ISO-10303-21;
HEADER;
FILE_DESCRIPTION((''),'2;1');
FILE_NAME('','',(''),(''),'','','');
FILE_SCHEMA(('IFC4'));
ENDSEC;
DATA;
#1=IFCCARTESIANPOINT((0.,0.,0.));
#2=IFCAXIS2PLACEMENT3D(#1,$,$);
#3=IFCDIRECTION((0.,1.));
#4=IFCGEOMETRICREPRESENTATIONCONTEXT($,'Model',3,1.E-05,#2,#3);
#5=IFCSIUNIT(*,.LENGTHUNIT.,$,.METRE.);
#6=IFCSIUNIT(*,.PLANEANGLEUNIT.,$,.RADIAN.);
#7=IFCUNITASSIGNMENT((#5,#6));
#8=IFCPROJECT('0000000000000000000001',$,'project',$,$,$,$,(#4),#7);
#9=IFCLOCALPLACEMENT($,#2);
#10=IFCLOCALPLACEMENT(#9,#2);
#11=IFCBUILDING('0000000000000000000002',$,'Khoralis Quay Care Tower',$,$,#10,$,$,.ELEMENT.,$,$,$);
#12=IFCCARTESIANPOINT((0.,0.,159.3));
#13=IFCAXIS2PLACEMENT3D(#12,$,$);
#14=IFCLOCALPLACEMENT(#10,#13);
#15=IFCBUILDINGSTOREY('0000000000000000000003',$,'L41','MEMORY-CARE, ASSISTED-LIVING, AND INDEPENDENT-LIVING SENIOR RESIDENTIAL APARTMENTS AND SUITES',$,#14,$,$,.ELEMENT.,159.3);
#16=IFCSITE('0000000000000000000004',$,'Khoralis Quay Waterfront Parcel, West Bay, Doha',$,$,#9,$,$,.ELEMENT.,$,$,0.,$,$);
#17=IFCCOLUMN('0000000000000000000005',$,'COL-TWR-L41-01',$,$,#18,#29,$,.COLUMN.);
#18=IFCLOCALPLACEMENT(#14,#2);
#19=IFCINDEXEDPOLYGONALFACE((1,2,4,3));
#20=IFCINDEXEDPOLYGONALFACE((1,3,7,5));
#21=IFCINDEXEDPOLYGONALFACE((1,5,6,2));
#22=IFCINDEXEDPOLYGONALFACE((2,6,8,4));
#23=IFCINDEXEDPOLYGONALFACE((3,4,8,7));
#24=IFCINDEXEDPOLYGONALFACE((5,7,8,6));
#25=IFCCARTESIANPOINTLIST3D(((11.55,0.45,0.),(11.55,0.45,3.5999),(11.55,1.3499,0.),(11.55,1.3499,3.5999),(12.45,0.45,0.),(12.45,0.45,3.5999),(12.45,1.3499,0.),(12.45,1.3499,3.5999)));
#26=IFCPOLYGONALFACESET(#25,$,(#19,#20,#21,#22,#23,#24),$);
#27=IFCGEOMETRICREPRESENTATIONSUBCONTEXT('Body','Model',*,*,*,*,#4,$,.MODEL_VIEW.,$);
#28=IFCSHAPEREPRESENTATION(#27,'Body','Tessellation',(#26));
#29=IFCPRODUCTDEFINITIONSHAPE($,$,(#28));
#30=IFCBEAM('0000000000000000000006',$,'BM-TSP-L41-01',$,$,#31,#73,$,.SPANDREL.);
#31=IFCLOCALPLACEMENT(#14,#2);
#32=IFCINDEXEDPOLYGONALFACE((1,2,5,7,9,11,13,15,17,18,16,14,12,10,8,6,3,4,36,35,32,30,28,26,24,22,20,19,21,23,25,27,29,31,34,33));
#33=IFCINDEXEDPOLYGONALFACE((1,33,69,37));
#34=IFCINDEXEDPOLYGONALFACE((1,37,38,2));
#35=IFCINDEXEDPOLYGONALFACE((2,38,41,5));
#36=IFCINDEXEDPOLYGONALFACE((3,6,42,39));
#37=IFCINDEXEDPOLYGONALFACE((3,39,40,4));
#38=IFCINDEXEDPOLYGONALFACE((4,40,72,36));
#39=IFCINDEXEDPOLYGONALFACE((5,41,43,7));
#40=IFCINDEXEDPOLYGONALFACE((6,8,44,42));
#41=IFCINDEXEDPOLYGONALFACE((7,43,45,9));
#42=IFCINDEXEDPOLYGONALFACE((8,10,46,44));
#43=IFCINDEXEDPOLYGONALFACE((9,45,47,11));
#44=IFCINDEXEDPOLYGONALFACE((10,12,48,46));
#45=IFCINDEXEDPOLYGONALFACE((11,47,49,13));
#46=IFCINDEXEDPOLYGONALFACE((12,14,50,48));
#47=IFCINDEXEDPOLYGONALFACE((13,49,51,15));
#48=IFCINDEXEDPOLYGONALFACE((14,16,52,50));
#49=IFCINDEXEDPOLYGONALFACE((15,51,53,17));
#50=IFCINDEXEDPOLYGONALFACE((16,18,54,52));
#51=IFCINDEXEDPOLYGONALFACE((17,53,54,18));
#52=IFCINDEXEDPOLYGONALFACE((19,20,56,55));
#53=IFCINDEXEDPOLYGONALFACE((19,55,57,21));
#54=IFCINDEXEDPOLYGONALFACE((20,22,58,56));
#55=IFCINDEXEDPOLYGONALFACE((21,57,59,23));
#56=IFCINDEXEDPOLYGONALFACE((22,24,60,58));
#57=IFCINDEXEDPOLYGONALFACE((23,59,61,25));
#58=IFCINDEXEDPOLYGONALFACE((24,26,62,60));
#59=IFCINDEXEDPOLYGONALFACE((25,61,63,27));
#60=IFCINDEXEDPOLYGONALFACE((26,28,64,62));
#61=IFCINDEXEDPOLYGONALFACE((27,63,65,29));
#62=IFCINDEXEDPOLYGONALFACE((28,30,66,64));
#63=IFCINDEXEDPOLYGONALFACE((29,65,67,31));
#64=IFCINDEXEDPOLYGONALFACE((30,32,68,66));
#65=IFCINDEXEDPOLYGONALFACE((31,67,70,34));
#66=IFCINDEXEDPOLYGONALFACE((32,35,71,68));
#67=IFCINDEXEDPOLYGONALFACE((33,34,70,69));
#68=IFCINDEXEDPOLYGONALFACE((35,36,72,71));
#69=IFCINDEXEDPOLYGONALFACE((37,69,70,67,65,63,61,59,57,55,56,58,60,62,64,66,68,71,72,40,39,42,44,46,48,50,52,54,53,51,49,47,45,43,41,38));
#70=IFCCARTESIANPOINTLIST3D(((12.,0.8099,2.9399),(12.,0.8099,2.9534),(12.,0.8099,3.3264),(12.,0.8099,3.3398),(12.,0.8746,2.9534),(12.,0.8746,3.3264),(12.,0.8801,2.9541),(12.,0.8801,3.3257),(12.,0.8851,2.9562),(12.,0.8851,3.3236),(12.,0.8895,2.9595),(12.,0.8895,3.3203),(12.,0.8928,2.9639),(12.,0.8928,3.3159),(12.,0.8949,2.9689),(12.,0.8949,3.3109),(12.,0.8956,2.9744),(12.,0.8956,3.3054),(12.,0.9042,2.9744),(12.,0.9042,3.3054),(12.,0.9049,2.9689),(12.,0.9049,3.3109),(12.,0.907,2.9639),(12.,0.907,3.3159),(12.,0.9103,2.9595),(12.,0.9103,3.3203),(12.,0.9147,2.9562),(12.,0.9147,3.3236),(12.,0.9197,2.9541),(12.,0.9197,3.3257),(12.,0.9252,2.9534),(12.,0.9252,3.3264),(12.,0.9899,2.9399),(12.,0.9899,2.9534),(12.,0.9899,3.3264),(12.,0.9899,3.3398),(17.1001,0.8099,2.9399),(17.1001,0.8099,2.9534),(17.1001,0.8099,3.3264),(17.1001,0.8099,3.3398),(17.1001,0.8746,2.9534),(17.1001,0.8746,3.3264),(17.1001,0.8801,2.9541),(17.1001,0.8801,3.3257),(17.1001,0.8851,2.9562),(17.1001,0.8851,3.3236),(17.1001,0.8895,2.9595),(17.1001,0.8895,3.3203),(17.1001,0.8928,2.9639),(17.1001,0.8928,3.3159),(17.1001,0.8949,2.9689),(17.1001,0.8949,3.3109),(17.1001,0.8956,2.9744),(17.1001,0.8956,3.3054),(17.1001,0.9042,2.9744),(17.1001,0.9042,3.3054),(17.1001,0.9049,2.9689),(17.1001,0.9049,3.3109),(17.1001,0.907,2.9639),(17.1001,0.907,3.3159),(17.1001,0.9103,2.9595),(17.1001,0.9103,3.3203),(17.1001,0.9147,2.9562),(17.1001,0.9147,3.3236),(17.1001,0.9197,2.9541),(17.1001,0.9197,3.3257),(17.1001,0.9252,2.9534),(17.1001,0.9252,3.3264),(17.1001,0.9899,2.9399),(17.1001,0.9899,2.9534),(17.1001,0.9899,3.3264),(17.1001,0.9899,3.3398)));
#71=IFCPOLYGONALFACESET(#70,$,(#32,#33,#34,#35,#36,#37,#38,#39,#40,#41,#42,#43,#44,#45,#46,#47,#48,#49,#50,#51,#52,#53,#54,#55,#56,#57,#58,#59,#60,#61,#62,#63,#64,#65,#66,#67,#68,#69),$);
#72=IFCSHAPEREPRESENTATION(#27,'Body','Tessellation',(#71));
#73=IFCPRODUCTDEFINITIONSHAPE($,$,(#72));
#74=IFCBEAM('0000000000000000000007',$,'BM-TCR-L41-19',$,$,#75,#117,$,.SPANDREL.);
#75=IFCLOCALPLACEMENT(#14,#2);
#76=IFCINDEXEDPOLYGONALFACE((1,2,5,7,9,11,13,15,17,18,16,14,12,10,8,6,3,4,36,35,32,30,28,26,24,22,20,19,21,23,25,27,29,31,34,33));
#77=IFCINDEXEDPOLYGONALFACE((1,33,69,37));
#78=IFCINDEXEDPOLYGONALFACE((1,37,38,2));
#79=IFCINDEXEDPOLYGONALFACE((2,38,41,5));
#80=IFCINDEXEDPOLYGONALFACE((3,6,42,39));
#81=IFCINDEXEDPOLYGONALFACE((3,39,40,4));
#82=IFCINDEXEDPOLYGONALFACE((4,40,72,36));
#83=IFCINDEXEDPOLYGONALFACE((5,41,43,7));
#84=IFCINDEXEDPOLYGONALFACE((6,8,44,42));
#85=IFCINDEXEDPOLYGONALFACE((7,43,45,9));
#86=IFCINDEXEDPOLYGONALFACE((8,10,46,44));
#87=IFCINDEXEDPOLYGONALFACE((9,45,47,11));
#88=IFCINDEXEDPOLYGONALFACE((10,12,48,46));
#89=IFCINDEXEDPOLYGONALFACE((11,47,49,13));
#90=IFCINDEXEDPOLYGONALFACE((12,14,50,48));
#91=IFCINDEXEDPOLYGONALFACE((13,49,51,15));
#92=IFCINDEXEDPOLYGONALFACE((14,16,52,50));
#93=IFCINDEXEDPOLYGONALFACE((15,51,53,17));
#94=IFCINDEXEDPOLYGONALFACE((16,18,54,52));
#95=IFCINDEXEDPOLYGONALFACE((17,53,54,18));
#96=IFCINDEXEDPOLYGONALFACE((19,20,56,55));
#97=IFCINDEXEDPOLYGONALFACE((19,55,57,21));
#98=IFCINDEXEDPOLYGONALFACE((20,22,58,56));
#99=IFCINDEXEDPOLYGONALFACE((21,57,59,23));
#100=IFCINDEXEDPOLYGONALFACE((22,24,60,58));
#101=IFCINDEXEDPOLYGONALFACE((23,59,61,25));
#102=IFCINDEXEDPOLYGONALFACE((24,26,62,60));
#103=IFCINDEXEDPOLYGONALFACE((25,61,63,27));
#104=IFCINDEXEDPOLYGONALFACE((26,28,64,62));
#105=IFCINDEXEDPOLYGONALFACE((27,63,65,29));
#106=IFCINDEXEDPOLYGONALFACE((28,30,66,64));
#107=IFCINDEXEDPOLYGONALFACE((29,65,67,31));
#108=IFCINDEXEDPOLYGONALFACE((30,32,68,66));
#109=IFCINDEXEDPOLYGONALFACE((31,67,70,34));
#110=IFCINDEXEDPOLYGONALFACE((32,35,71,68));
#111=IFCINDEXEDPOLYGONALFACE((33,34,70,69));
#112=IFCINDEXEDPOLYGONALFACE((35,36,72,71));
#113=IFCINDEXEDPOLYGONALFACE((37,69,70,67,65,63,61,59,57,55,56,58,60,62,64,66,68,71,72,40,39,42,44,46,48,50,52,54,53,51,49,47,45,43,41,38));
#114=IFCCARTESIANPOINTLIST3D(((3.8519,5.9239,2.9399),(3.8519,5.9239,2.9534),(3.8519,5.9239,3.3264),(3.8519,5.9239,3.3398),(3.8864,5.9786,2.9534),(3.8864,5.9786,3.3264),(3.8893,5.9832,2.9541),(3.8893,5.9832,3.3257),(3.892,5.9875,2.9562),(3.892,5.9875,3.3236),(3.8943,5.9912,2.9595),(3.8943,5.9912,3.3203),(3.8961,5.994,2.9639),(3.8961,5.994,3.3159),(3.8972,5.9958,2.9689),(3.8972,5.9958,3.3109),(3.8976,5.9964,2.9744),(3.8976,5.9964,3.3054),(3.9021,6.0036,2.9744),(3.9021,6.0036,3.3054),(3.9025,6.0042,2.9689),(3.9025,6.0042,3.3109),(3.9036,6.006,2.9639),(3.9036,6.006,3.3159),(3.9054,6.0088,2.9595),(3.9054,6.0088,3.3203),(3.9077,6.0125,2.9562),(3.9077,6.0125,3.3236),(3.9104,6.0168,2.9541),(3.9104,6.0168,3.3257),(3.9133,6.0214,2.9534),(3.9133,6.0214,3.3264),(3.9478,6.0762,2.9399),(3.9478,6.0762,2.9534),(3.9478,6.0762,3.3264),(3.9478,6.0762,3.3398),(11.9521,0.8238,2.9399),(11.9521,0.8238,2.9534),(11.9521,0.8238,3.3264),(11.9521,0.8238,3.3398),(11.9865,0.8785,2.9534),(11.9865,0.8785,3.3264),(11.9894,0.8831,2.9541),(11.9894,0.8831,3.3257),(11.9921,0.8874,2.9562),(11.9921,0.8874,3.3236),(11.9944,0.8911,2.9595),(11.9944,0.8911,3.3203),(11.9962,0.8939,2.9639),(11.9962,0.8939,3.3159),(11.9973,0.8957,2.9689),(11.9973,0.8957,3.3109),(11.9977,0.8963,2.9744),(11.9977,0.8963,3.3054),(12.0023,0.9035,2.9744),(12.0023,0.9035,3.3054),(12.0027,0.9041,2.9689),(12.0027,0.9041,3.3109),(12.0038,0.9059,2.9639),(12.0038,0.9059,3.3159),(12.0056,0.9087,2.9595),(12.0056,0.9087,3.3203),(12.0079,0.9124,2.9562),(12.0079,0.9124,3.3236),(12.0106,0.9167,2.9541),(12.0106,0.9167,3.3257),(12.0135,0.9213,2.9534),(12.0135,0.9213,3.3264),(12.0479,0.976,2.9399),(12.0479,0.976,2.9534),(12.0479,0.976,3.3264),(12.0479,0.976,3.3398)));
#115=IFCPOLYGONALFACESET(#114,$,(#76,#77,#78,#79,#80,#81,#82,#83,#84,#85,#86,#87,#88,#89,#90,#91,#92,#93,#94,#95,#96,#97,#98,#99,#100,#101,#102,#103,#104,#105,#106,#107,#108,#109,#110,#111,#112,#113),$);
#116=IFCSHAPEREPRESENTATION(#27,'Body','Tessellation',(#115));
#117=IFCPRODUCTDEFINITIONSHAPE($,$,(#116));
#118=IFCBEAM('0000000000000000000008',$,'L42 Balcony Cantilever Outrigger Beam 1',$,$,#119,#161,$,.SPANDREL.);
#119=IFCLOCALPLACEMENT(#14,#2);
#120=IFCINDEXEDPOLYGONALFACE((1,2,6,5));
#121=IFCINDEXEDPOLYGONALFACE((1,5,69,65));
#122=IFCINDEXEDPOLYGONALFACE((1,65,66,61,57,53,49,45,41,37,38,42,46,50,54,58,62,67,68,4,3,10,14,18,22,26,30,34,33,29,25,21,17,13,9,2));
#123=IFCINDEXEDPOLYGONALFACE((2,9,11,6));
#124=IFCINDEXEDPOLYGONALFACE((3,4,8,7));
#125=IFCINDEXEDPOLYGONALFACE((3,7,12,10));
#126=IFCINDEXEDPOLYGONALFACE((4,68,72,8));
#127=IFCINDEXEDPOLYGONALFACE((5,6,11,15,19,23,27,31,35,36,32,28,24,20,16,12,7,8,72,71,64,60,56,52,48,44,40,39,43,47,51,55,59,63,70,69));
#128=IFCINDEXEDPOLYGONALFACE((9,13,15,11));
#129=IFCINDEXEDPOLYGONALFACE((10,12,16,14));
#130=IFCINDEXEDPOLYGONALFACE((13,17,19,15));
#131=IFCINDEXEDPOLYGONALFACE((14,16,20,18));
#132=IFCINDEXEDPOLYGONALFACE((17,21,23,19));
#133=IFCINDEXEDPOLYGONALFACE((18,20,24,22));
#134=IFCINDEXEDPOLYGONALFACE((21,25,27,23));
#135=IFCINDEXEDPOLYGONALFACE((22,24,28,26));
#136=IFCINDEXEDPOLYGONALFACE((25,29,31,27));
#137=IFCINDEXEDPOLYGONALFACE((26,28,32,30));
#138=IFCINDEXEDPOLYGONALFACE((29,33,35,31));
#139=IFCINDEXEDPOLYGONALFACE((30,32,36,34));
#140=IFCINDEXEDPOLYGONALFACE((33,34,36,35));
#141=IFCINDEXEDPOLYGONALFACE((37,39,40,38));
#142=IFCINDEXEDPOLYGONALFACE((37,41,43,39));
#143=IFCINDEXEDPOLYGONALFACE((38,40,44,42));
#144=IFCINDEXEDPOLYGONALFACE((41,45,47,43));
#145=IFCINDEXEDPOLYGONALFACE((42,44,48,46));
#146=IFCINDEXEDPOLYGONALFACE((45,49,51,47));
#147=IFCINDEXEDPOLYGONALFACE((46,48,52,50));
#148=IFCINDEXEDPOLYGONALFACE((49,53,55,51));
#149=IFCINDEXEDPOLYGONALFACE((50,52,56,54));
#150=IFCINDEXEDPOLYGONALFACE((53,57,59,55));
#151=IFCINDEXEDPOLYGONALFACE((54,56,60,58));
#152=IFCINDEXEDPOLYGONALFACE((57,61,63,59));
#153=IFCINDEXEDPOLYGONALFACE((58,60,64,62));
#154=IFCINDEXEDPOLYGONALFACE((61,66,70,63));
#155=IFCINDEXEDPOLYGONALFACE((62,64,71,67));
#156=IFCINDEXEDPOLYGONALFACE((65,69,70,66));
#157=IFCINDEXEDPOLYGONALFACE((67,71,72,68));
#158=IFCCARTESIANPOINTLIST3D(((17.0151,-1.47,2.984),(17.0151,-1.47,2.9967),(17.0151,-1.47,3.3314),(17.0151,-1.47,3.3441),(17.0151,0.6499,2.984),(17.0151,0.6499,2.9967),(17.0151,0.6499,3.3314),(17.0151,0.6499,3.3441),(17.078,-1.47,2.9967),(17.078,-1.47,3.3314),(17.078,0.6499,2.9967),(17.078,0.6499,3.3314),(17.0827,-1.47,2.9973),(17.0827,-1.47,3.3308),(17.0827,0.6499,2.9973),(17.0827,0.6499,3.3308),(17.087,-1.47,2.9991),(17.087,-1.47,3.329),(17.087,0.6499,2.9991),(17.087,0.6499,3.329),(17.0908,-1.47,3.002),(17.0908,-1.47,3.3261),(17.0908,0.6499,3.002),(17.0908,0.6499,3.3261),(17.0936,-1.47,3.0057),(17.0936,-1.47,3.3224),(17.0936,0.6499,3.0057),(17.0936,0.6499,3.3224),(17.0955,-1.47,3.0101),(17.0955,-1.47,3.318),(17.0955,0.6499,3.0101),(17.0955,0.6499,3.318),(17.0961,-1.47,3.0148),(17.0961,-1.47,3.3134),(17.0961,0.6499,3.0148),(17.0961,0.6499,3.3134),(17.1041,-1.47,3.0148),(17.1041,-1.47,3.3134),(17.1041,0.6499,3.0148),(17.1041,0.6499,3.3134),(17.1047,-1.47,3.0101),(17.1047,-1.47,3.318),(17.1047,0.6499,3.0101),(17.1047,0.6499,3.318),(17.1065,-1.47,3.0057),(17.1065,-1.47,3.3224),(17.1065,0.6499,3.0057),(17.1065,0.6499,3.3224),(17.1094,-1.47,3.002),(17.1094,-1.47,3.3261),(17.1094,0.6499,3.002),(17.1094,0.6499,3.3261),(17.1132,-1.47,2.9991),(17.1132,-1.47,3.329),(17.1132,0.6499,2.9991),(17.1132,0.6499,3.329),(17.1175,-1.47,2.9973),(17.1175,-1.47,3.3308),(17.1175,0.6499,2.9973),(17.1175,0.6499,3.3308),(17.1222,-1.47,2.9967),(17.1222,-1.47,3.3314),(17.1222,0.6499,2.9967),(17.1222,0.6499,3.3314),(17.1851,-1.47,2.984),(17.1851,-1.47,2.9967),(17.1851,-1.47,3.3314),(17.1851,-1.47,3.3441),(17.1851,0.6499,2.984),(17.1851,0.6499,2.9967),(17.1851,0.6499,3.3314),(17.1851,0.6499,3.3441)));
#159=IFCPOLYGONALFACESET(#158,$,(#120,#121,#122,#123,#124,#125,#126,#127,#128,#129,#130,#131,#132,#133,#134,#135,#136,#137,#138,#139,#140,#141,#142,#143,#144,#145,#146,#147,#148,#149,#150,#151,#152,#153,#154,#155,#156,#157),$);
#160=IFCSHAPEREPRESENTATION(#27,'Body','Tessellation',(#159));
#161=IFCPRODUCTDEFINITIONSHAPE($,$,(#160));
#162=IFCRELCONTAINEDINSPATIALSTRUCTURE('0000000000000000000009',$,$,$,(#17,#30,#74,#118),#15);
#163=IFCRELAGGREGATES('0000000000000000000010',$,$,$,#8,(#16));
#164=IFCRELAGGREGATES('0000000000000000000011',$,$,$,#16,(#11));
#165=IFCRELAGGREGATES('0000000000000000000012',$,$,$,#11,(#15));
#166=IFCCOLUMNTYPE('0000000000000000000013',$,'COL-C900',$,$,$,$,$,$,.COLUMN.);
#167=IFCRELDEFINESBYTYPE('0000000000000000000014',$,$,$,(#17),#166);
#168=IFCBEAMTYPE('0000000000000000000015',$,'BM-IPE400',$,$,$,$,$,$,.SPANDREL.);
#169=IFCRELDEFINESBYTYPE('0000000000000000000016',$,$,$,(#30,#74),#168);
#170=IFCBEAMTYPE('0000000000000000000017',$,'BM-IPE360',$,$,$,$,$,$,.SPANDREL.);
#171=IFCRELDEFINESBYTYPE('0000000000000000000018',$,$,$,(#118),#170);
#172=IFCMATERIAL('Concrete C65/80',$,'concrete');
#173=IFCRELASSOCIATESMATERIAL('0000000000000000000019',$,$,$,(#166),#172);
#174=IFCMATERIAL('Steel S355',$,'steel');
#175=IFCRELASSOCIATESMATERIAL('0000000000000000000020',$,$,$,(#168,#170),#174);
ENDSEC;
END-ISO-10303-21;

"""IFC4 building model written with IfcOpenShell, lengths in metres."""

from ifc_helpers import new_model, si_unit, direction, frame, origin, origin_2d, place, context, subcontext, project, spatial, rectangle, i_section, extrude, source, transform, mapped, material, material_profile, profile_set, type_object, element, save


model = new_model("IFC4")

# Units and contexts
model_context = context("Model", 3, precision=1e-05, world=origin(), true_north=direction((0.0, 1.0)))
body_context = subcontext(model_context, "Body", "Model", "MODEL_VIEW")
ifc_project = project(units=[si_unit("LENGTHUNIT", "METRE"), si_unit("PLANEANGLEUNIT", "RADIAN")], contexts=[model_context])

# Site, building, storey
site_placement = place(None, origin())
site = spatial("IfcSite", under=ifc_project, at=site_placement, Name="Khoralis Quay Waterfront Parcel, West Bay, Doha", CompositionType="ELEMENT", RefElevation=0.0)
building_placement = place(site_placement, origin())
building = spatial("IfcBuilding", under=site, at=building_placement, Name="Khoralis Quay Care Tower", CompositionType="ELEMENT")
storey_placement = place(building_placement, frame((0.0, 0.0, 159.3)))
storey = spatial("IfcBuildingStorey", under=building, at=storey_placement, Name="L41", Description="MEMORY-CARE, ASSISTED-LIVING, AND INDEPENDENT-LIVING SENIOR RESIDENTIAL APARTMENTS AND SUITES", CompositionType="ELEMENT", Elevation=159.3)

# Column
ifc_material_1 = material(Name="Concrete C65/80", Category="concrete")
ifc_material_profile_1 = material_profile(ifc_material_1, rectangle(XDim=0.8999, YDim=0.8999, at=origin_2d()), Name="Concrete C65/80")
ifc_profile_set_1 = profile_set([ifc_material_profile_1], Name="Concrete C65/80")
column_type = type_object("IfcColumnType", Name="COL-C900", PredefinedType="COLUMN", material=ifc_profile_set_1)
shared_shape_1 = source(origin(), body_context, "Body", "SweptSolid", [
    extrude(rectangle(XDim=0.8999, YDim=0.8999, at=origin_2d()), origin(), (0.0, 0.0, 1.0), 3.5999),
])
column_placement = place(storey_placement, frame((12.0, 0.8999, 0.0), z_axis=(0.0, 0.0, 1.0), x_axis=(1.0, 0.0, 0.0)))
element("IfcColumn", 1, at=column_placement, inside=storey, type_object=column_type, Name="COL-TWR-L41-01", PredefinedType="COLUMN", context=body_context, shape_type="MappedRepresentation", body=[
    mapped(shared_shape_1, transform((0.0, 0.0, 0.0), scale=1.0)),
])

# Beams
ifc_material_2 = material(Name="Steel S355", Category="steel")
ifc_material_profile_2 = material_profile(ifc_material_2, i_section(OverallWidth=0.1799, OverallDepth=0.3999, WebThickness=0.0085, FlangeThickness=0.0134, FilletRadius=0.021, at=origin_2d()), Name="Steel S355")
ifc_profile_set_2 = profile_set([ifc_material_profile_2], Name="Steel S355")
beam_type_1 = type_object("IfcBeamType", Name="BM-IPE400", PredefinedType="SPANDREL", material=ifc_profile_set_2)
shared_shape_2 = source(origin(), body_context, "Body", "SweptSolid", [
    extrude(i_section(OverallWidth=0.1799, OverallDepth=0.3999, WebThickness=0.0085, FlangeThickness=0.0134, FilletRadius=0.021, at=origin_2d()), origin(), (0.0, 0.0, 1.0), 5.1001),
])
beam_1_placement = place(storey_placement, frame((12.0, 0.8999, 3.1399), z_axis=(1.0, 0.0, 0.0), x_axis=(0.0, 1.0, 0.0)))
element("IfcBeam", 2, at=beam_1_placement, inside=storey, type_object=beam_type_1, Name="BM-TSP-L41-01", PredefinedType="SPANDREL", context=body_context, shape_type="MappedRepresentation", body=[
    mapped(shared_shape_2, transform((0.0, 0.0, 0.0), scale=1.0)),
])
shared_shape_3 = source(origin(), body_context, "Body", "SweptSolid", [
    extrude(i_section(OverallWidth=0.1799, OverallDepth=0.3999, WebThickness=0.0085, FlangeThickness=0.0134, FilletRadius=0.021, at=origin_2d()), origin(), (0.0, 0.0, 1.0), 9.572),
])
beam_2_placement = place(storey_placement, frame((12.0, 0.8999, 3.1399), z_axis=(-0.846231, 0.532816, 0.0), x_axis=(-0.532816, -0.846231, 0.0)))
element("IfcBeam", 3, at=beam_2_placement, inside=storey, type_object=beam_type_1, Name="BM-TCR-L41-19", PredefinedType="SPANDREL", context=body_context, shape_type="MappedRepresentation", body=[
    mapped(shared_shape_3, transform((0.0, 0.0, 0.0), scale=1.0)),
])
ifc_material_profile_3 = material_profile(ifc_material_2, i_section(OverallWidth=0.1699, OverallDepth=0.3601, WebThickness=0.0081, FlangeThickness=0.0127, FilletRadius=0.0181, at=origin_2d()), Name="Steel S355")
ifc_profile_set_3 = profile_set([ifc_material_profile_3], Name="Steel S355")
beam_type_2 = type_object("IfcBeamType", Name="BM-IPE360", PredefinedType="SPANDREL", material=ifc_profile_set_3)
shared_shape_4 = source(origin(), body_context, "Body", "SweptSolid", [
    extrude(i_section(OverallWidth=0.1699, OverallDepth=0.3601, WebThickness=0.0081, FlangeThickness=0.0127, FilletRadius=0.0181, at=origin_2d()), origin(), (0.0, 0.0, 1.0), 2.1199),
])
beam_3_placement = place(storey_placement, frame((17.1001, 0.6499, 3.1641), z_axis=(0.0, -1.0, 0.0), x_axis=(1.0, 0.0, 0.0)))
element("IfcBeam", 4, at=beam_3_placement, inside=storey, type_object=beam_type_2, Name="L42 Balcony Cantilever Outrigger Beam 1", PredefinedType="SPANDREL", context=body_context, shape_type="MappedRepresentation", body=[
    mapped(shared_shape_4, transform((0.0, 0.0, 0.0), scale=1.0)),
])

save(model, "model.ifc")
